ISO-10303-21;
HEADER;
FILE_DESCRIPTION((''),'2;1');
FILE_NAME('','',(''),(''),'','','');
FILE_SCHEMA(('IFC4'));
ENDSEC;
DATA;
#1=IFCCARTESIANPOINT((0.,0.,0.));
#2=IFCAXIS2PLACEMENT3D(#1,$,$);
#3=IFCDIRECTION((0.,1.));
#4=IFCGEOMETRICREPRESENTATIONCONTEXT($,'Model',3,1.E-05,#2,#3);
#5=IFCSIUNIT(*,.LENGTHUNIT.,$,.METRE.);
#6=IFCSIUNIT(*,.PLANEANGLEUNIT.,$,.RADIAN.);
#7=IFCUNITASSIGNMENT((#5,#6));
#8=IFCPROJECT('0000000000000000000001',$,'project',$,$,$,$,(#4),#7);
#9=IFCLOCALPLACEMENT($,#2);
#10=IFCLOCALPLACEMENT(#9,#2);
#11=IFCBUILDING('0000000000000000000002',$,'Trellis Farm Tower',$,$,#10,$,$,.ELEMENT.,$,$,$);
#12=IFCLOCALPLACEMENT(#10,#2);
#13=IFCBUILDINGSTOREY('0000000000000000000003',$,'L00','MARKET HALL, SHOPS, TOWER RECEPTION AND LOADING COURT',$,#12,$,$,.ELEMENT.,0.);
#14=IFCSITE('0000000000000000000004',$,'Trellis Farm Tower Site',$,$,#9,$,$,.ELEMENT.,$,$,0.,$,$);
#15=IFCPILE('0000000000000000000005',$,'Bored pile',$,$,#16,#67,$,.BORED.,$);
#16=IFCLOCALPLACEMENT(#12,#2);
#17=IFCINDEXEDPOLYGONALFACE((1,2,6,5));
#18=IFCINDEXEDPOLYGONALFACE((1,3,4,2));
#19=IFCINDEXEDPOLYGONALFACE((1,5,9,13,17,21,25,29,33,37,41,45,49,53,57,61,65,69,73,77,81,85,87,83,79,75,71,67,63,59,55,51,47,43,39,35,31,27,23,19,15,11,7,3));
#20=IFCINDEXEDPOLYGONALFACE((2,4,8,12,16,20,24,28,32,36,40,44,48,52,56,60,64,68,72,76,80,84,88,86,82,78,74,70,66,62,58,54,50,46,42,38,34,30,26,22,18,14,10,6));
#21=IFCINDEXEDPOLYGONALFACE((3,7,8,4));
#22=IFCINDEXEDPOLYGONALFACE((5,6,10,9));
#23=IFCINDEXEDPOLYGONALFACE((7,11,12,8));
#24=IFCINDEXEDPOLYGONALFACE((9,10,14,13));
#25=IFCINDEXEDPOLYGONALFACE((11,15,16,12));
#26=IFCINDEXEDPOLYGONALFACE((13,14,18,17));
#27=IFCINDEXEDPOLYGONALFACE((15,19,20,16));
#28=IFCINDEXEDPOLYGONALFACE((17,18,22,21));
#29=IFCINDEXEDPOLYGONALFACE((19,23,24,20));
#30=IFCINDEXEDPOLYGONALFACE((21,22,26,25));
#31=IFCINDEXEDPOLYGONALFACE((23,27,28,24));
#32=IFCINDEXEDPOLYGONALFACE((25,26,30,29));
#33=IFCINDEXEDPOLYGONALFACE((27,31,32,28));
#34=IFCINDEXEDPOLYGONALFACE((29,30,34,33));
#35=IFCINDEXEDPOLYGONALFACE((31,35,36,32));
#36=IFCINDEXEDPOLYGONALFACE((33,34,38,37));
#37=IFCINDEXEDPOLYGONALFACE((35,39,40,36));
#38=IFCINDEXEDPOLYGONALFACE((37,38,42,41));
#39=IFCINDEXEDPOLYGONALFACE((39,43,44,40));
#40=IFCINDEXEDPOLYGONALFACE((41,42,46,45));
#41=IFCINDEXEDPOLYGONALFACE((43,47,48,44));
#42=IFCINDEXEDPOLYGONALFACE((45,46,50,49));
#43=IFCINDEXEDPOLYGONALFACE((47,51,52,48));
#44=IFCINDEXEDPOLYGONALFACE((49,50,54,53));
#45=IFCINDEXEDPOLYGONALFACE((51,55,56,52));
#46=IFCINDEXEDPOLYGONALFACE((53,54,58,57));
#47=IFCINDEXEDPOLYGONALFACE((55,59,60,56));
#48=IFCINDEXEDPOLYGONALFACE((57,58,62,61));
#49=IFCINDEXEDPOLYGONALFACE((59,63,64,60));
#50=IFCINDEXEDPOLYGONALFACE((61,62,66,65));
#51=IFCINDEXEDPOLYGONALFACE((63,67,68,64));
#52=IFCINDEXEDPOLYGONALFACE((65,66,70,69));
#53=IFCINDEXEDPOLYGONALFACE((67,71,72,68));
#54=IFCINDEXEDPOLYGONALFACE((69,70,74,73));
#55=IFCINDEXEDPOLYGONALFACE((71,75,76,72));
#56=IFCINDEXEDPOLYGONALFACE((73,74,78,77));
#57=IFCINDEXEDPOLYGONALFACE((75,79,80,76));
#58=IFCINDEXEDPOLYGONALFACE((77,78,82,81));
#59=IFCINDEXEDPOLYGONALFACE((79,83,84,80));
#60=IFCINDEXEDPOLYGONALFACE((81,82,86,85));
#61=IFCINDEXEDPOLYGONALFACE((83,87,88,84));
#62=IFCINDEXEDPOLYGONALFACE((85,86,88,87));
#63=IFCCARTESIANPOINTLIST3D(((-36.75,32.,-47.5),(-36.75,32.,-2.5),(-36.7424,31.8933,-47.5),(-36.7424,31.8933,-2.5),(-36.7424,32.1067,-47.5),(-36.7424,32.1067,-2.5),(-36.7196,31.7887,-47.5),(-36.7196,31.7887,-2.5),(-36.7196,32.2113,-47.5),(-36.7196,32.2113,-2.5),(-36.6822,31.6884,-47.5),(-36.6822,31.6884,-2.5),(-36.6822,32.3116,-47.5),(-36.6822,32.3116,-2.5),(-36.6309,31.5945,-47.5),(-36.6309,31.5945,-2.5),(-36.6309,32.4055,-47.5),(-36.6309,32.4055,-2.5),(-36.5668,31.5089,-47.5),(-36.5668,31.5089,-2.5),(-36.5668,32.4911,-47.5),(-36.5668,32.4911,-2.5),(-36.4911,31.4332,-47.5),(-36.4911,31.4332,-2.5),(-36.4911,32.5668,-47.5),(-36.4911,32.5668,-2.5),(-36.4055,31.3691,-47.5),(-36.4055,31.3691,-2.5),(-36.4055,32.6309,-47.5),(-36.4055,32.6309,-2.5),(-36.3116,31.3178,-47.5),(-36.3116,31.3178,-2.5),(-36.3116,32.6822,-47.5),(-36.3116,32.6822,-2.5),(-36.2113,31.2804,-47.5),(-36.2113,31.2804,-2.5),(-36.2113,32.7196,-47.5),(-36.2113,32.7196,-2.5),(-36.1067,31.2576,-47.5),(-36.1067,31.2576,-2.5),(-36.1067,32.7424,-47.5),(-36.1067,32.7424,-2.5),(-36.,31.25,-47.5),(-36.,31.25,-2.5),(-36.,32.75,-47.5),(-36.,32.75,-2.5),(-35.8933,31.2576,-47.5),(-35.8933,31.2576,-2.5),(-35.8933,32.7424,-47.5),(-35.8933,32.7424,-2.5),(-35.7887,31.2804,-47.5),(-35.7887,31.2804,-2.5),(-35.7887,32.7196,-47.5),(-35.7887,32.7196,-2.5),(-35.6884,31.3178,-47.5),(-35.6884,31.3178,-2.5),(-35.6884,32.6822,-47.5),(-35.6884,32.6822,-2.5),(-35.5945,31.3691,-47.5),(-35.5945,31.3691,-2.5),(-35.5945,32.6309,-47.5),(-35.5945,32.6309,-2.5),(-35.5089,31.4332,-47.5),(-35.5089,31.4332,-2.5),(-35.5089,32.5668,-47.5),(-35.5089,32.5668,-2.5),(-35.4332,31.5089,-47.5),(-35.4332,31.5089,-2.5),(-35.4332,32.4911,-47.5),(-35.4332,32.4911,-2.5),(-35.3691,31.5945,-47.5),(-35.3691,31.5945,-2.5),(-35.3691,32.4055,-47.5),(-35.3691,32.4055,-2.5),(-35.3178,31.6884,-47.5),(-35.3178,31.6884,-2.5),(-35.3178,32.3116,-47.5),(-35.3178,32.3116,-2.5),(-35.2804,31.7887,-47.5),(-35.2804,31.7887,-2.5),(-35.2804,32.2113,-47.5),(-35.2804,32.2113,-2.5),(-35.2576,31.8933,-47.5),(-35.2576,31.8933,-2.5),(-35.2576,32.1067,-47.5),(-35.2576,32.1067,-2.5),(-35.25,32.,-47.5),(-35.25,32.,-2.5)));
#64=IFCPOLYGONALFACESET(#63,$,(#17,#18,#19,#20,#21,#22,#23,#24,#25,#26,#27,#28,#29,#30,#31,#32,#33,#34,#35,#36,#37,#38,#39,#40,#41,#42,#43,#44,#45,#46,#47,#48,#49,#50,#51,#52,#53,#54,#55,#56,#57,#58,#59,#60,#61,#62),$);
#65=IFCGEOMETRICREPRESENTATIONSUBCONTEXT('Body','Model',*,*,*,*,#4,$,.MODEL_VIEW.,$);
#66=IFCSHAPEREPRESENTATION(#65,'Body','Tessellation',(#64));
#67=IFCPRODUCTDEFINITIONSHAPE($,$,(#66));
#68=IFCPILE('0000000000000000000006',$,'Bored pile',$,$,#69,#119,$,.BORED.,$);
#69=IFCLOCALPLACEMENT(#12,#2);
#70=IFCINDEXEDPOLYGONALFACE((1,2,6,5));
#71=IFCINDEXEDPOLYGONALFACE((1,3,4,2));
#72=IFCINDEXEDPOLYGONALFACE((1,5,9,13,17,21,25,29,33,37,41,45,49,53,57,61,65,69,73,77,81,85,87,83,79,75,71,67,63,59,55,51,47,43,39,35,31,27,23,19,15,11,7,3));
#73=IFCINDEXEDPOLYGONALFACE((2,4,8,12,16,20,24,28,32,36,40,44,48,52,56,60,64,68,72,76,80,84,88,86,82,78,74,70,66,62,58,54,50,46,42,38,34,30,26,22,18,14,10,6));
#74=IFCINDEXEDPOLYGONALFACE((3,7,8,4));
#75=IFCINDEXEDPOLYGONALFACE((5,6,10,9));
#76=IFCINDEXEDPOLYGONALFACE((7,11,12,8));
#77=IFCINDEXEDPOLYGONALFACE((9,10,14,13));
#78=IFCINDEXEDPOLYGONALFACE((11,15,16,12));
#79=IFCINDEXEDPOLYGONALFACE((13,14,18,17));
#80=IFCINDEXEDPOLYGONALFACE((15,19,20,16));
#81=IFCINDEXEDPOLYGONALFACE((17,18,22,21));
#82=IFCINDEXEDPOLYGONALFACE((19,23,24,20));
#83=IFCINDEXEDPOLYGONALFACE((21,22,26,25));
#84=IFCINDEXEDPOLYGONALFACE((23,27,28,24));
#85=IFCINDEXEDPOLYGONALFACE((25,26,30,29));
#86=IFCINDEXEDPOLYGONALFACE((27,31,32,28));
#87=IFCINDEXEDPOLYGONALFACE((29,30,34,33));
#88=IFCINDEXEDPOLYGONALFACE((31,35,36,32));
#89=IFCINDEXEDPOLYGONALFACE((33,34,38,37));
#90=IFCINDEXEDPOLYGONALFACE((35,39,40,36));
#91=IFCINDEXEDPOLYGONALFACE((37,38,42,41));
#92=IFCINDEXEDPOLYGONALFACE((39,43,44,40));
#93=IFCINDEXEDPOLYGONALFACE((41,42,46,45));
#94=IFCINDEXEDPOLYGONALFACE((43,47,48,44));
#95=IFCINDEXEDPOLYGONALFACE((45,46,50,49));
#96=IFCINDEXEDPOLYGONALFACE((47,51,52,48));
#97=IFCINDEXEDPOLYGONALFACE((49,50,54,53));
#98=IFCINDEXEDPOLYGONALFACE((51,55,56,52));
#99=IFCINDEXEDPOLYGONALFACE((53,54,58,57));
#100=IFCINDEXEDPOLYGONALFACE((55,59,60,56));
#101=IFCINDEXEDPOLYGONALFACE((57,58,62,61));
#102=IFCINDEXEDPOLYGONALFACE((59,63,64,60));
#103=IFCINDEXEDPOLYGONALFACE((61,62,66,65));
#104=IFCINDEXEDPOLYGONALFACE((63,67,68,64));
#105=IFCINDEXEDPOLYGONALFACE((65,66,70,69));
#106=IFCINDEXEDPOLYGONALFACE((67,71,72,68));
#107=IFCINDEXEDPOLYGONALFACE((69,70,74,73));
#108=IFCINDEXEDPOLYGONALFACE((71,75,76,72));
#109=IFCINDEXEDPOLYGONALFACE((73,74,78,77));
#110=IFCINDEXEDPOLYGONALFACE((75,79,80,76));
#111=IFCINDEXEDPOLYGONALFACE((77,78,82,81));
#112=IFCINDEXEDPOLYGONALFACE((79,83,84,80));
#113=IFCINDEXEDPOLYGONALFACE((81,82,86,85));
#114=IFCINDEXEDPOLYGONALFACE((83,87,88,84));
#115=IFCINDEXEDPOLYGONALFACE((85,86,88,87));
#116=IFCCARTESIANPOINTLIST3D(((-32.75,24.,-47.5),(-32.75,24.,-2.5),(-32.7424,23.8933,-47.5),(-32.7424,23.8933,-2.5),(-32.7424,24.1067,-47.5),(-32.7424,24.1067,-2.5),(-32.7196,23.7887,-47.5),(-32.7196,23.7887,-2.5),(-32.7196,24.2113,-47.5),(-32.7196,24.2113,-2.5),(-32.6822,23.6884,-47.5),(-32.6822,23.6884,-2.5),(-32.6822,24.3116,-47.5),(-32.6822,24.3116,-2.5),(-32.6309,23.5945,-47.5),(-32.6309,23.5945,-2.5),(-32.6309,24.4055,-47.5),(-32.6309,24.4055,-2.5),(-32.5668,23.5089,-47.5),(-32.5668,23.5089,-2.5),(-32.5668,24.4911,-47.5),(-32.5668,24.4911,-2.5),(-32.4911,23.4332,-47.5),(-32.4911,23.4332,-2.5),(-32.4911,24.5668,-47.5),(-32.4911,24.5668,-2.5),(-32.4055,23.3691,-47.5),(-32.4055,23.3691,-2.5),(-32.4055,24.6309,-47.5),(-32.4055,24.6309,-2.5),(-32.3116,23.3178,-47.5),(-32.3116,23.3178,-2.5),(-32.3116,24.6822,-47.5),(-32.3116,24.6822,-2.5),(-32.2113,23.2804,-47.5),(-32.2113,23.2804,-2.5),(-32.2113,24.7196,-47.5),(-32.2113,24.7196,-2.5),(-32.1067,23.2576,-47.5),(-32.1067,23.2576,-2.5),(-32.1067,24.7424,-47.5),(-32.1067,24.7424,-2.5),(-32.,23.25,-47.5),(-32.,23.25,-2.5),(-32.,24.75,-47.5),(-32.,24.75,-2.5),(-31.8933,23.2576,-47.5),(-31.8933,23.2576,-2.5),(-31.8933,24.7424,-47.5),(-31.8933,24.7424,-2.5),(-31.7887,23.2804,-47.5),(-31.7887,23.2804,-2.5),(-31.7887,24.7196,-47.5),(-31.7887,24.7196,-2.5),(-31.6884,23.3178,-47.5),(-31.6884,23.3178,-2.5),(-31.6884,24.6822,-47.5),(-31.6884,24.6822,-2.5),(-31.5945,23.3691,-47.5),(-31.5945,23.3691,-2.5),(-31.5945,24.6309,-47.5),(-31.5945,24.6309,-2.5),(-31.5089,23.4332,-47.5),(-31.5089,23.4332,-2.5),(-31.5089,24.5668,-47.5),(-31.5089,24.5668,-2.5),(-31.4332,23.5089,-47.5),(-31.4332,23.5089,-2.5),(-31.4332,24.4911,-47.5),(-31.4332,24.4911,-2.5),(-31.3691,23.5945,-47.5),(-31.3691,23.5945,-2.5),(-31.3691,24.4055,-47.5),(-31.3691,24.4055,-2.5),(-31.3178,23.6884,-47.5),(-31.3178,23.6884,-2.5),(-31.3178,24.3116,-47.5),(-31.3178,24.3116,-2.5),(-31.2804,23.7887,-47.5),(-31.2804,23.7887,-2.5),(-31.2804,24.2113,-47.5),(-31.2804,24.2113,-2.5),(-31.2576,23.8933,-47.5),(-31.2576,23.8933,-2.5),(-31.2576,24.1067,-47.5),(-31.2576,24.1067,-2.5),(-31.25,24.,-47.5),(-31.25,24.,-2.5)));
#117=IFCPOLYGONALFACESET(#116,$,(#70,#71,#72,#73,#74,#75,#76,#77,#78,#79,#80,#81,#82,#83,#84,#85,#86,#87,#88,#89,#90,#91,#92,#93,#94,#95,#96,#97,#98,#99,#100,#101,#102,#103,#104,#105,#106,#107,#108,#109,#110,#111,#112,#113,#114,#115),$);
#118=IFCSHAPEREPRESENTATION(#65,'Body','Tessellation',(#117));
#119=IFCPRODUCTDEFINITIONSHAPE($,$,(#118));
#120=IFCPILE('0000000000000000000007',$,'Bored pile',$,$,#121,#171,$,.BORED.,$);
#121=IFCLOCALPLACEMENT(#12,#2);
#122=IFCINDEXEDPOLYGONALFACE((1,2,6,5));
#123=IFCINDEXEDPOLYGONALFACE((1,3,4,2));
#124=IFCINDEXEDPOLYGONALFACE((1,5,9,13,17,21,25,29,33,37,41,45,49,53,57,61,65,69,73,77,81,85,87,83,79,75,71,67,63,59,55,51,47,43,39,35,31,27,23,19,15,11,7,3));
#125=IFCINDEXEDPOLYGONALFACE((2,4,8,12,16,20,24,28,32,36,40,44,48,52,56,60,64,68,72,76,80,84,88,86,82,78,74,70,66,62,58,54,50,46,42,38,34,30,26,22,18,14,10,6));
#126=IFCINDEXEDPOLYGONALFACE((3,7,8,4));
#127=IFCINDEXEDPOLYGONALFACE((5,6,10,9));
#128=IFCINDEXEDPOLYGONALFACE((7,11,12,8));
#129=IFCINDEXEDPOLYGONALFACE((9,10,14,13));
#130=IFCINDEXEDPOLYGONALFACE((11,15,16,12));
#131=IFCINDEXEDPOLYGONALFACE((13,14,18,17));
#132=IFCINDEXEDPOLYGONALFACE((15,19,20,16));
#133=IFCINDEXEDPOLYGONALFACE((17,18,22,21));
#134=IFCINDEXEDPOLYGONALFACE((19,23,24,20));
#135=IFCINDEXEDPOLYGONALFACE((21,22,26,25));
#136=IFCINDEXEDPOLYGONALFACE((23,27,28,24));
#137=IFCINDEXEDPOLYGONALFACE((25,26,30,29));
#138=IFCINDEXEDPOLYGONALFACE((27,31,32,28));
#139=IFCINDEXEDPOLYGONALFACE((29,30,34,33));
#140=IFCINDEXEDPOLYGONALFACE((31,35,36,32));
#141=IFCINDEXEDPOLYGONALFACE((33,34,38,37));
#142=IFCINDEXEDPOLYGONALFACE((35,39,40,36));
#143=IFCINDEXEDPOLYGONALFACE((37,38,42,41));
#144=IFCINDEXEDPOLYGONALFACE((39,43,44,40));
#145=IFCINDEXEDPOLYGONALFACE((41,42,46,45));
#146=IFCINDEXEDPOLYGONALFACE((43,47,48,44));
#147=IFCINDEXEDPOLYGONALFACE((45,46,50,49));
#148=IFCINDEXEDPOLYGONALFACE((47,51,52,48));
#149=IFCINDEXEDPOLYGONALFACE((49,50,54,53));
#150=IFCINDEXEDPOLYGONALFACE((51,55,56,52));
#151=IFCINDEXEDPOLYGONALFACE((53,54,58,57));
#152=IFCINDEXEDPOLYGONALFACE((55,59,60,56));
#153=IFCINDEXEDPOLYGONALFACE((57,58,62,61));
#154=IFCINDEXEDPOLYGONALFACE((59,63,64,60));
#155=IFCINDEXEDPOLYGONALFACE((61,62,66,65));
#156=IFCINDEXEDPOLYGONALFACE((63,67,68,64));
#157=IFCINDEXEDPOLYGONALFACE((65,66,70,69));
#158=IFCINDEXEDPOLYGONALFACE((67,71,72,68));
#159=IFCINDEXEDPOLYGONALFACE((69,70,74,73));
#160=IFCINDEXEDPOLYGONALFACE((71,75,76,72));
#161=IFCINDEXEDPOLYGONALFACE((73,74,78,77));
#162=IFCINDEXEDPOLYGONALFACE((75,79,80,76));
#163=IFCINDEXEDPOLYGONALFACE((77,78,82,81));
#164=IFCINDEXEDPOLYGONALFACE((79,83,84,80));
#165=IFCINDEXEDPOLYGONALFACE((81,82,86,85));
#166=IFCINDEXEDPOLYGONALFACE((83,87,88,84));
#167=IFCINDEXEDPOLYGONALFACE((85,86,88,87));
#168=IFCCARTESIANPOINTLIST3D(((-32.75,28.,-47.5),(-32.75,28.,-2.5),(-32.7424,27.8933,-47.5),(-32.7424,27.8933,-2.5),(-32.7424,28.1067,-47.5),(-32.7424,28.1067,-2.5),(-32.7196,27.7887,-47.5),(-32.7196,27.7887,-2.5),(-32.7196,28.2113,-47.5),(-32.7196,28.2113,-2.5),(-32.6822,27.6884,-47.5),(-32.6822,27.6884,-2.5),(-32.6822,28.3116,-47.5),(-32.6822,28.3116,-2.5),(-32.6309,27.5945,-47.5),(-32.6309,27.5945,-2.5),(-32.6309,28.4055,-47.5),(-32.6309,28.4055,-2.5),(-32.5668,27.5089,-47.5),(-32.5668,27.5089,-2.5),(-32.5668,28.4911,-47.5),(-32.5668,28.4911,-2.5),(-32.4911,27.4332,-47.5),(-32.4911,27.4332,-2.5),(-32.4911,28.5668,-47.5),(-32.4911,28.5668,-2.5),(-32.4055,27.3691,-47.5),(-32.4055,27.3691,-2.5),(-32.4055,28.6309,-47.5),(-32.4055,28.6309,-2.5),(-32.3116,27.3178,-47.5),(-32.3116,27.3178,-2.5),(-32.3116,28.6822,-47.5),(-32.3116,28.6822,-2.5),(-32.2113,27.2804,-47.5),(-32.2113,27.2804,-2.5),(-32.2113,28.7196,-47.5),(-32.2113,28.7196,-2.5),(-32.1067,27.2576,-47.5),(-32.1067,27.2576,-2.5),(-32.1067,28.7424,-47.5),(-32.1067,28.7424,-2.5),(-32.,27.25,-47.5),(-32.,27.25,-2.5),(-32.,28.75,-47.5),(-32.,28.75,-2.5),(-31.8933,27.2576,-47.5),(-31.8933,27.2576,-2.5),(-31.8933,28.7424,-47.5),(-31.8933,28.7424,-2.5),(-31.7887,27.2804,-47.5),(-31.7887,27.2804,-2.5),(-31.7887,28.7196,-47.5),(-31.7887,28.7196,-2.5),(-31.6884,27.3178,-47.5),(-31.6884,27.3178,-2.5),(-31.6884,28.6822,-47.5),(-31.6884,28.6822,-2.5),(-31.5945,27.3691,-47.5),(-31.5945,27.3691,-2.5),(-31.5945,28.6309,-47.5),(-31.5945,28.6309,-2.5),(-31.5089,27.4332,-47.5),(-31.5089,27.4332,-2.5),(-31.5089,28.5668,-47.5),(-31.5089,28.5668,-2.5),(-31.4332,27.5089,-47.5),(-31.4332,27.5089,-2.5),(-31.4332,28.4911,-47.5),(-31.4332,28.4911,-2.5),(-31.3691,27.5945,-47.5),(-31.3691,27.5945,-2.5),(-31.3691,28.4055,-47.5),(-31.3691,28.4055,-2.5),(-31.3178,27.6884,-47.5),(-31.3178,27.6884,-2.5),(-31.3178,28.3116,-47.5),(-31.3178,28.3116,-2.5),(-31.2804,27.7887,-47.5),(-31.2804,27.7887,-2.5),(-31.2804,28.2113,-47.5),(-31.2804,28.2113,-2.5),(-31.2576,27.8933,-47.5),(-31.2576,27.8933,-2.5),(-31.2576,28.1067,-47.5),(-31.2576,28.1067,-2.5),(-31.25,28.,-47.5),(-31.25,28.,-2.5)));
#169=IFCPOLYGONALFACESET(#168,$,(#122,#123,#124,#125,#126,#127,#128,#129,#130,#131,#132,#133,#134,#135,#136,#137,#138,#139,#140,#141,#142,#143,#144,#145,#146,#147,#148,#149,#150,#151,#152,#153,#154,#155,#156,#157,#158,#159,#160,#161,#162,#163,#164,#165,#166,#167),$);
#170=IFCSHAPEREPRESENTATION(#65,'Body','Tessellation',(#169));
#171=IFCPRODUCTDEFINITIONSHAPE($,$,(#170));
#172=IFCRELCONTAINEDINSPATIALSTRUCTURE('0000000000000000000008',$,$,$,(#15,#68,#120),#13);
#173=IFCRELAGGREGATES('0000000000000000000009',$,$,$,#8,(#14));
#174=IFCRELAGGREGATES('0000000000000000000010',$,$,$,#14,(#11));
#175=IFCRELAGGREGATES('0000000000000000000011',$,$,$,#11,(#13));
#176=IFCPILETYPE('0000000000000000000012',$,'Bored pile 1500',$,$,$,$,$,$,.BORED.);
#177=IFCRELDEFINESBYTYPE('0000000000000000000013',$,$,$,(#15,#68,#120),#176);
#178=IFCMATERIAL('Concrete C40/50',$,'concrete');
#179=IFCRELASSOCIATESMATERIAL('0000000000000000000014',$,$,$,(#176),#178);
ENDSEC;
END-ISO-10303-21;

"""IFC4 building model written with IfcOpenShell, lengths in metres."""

from ifc_helpers import new_model, si_unit, direction, frame, origin, origin_2d, place, context, subcontext, project, spatial, circle, extrude, source, transform, mapped, material, material_profile, profile_set, type_object, element, save


model = new_model("IFC4")

# Units and contexts
model_context = context("Model", 3, precision=1e-05, world=origin(), true_north=direction((0.0, 1.0)))
body_context = subcontext(model_context, "Body", "Model", "MODEL_VIEW")
ifc_project = project(units=[si_unit("LENGTHUNIT", "METRE"), si_unit("PLANEANGLEUNIT", "RADIAN")], contexts=[model_context])

# Site, building, storey
site_placement = place(None, origin())
site = spatial("IfcSite", under=ifc_project, at=site_placement, Name="Trellis Farm Tower Site", CompositionType="ELEMENT", RefElevation=0.0)
building_placement = place(site_placement, origin())
building = spatial("IfcBuilding", under=site, at=building_placement, Name="Trellis Farm Tower", CompositionType="ELEMENT")
storey_placement = place(building_placement, origin())
storey = spatial("IfcBuildingStorey", under=building, at=storey_placement, Name="L00", Description="MARKET HALL, SHOPS, TOWER RECEPTION AND LOADING COURT", CompositionType="ELEMENT", Elevation=0.0)

# Piles
ifc_material_1 = material(Name="Concrete C40/50", Category="concrete")
ifc_material_profile_1 = material_profile(ifc_material_1, circle(Radius=0.75, at=origin_2d()), Name="Bored pile 1500")
ifc_profile_set_1 = profile_set([ifc_material_profile_1], Name="Concrete C40/50")
pile_type = type_object("IfcPileType", Name="Bored pile 1500", PredefinedType="BORED", material=ifc_profile_set_1)
shared_shape_1 = source(origin(), body_context, "Body", "SweptSolid", [
    extrude(circle(Radius=0.75, at=origin_2d()), origin(), (0.0, 0.0, 1.0), 45.0),
])
for number, where, z_axis, x_axis, name in (
    (1, (-36.0, 32.0, -2.5), (0.0, 0.0, -1.0), (1.0, 0.0, 0.0), "Bored pile"),
    (2, (-32.0, 24.0, -2.5), (0.0, 0.0, -1.0), (1.0, 0.0, 0.0), "Bored pile"),
    (3, (-32.0, 28.0, -2.5), (0.0, 0.0, -1.0), (1.0, 0.0, 0.0), "Bored pile"),
):
    element("IfcPile", number, at=place(storey_placement, frame(where, z_axis=z_axis, x_axis=x_axis)), inside=storey, type_object=pile_type, Name=name, PredefinedType="BORED", context=body_context, shape_type="MappedRepresentation", body=[
        mapped(shared_shape_1, transform((0.0, 0.0, 0.0))),
    ])

save(model, "model.ifc")
